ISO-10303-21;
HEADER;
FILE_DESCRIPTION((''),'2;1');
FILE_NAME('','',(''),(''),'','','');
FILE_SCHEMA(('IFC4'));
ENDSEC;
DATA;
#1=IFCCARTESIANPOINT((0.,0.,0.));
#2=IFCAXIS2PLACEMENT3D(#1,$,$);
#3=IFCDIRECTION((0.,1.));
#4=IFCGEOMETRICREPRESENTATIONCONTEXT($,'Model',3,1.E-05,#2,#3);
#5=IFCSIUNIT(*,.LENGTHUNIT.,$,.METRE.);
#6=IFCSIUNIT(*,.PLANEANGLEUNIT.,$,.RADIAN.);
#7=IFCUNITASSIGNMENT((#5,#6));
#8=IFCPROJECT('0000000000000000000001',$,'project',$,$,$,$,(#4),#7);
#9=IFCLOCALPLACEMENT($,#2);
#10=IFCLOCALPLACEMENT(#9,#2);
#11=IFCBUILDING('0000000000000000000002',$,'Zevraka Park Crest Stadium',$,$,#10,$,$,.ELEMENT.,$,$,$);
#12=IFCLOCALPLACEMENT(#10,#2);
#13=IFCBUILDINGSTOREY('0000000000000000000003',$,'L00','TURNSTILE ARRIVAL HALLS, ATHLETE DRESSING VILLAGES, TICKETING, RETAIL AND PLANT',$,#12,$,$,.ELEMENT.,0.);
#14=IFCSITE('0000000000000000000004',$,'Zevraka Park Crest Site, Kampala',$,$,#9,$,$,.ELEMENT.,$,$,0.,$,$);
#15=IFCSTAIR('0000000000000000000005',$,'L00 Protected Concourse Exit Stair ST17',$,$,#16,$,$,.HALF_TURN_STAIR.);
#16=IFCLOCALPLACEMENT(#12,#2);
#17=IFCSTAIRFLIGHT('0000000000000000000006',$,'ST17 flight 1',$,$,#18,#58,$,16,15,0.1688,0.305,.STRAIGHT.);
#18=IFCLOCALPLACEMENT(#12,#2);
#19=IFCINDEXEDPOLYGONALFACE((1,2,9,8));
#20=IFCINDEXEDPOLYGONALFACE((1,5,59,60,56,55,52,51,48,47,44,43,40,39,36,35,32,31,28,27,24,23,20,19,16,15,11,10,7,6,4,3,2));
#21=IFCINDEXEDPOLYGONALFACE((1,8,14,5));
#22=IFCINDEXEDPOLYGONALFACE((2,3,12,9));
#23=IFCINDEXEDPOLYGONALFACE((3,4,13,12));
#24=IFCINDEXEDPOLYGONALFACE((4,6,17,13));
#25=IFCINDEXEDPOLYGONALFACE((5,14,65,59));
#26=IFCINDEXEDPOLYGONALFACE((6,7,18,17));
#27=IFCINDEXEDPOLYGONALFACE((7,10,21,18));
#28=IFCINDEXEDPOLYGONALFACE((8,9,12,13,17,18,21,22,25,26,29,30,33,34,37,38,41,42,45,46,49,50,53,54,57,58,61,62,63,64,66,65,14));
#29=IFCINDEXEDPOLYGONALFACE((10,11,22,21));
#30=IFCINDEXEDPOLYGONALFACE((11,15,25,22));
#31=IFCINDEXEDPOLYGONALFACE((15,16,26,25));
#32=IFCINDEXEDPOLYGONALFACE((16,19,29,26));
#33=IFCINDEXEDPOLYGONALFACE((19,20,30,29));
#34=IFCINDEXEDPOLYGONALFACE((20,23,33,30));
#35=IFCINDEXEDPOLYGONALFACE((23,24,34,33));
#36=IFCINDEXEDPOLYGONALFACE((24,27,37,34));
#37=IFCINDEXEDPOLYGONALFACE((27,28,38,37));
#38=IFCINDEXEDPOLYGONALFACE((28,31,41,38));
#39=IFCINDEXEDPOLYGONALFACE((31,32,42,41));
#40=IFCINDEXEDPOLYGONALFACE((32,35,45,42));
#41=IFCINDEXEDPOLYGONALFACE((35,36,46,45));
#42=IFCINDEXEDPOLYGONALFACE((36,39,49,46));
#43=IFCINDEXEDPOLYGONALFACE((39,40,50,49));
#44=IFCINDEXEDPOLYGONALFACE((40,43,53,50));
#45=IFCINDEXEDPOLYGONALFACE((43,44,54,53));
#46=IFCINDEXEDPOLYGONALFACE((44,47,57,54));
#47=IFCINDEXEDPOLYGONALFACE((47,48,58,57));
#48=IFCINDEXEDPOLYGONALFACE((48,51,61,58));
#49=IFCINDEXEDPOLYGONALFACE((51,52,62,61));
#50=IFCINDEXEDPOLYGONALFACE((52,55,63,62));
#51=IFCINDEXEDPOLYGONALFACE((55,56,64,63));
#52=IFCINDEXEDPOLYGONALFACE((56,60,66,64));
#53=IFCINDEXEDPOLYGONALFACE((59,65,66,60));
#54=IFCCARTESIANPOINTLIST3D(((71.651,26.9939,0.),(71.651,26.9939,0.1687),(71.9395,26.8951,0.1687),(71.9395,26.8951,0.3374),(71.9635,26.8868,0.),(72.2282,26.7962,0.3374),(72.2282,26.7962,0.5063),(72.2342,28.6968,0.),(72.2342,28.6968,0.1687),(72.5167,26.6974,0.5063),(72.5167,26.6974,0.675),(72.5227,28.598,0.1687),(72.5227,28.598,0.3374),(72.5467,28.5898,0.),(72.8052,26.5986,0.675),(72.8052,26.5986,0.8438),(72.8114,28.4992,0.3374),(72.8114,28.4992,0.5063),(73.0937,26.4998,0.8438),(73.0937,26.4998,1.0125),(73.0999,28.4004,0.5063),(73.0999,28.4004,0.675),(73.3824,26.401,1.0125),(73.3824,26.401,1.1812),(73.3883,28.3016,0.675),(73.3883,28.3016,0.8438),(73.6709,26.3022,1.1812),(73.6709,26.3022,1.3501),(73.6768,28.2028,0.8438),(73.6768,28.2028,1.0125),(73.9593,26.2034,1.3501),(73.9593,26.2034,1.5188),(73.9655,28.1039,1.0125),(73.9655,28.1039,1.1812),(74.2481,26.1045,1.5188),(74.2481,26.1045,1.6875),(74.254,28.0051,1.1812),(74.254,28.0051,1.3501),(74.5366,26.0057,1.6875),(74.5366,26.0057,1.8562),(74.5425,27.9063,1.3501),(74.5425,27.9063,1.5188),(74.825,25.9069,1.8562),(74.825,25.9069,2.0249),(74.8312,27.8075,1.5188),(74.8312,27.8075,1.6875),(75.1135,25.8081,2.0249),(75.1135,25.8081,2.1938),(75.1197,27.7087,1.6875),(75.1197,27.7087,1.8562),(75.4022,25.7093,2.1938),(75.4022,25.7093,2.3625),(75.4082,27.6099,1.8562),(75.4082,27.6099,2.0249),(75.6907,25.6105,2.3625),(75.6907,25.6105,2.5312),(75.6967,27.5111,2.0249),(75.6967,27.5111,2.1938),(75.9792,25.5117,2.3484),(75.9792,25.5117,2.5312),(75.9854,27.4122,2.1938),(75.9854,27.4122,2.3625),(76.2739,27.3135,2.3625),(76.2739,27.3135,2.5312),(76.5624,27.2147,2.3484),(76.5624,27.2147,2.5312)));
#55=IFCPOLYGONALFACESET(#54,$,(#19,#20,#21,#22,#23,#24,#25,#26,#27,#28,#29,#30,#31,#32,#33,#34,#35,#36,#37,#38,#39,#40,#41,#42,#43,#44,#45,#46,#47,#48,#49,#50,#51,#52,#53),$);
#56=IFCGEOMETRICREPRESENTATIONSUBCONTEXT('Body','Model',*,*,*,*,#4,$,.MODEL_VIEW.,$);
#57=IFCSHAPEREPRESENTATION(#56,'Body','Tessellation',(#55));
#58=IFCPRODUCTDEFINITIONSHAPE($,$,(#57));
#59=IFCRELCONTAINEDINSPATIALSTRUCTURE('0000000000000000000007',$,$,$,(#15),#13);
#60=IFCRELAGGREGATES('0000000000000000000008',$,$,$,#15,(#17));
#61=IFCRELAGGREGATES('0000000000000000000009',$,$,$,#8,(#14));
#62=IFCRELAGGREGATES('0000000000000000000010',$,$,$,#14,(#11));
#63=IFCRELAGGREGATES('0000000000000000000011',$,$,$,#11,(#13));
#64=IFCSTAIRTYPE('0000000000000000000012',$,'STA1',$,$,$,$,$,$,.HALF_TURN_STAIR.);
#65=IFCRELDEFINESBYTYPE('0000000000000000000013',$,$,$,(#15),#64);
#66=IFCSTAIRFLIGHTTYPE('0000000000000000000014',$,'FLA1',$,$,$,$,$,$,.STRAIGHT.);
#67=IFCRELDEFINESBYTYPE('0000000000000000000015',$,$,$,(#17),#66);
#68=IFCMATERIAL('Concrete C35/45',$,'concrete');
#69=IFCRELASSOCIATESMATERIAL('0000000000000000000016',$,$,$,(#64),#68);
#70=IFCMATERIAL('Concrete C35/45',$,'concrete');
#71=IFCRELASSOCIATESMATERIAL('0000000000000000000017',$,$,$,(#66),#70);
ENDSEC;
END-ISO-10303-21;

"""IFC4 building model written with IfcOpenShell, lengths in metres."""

from ifc_helpers import new_model, si_unit, direction, frame, origin, place, context, subcontext, project, spatial, polyline, outline, extrude, material, type_object, element, aggregate, save


model = new_model("IFC4")

# Units and contexts
model_context = context("Model", 3, precision=1e-05, world=origin(), true_north=direction((0.0, 1.0)))
body_context = subcontext(model_context, "Body", "Model", "MODEL_VIEW")
ifc_project = project(units=[si_unit("LENGTHUNIT", "METRE"), si_unit("PLANEANGLEUNIT", "RADIAN")], contexts=[model_context])

# Site, building, storey
site_placement = place(None, origin())
site = spatial("IfcSite", under=ifc_project, at=site_placement, Name="Zevraka Park Crest Site, Kampala", CompositionType="ELEMENT", RefElevation=0.0)
building_placement = place(site_placement, origin())
building = spatial("IfcBuilding", under=site, at=building_placement, Name="Zevraka Park Crest Stadium", CompositionType="ELEMENT")
storey_placement = place(building_placement, origin())
storey = spatial("IfcBuildingStorey", under=building, at=storey_placement, Name="L00", Description="TURNSTILE ARRIVAL HALLS, ATHLETE DRESSING VILLAGES, TICKETING, RETAIL AND PLANT", CompositionType="ELEMENT", Elevation=0.0)

# Stair, stair flight
ifc_material_1 = material(Name="Concrete C35/45", Category="concrete")
stair_type = type_object("IfcStairType", Name="STA1", PredefinedType="HALF_TURN_STAIR", material=ifc_material_1)
stair_placement = place(storey_placement, origin())
stair = element("IfcStair", 1, at=stair_placement, inside=storey, type_object=stair_type, Name="L00 Protected Concourse Exit Stair ST17", PredefinedType="HALF_TURN_STAIR")
ifc_material_2 = material(Name="Concrete C35/45", Category="concrete")
stair_flight_type = type_object("IfcStairFlightType", Name="FLA1", PredefinedType="STRAIGHT", material=ifc_material_2)
stair_flight_placement = place(storey_placement, frame((71.9426, 27.8455, 0.0), z_axis=(0.0, 0.0, 1.0), x_axis=(0.946066, -0.323974, 0.0)))
stair_flight = element("IfcStairFlight", 2, at=stair_flight_placement, type_object=stair_flight_type, Name="ST17 flight 1", NumberOfRisers=16, NumberOfTreads=15, PredefinedType="STRAIGHT", RiserHeight=0.1688, TreadLength=0.305, context=body_context, shape_type="SweptSolid", body=[
    extrude(outline(polyline([(0.0, 0.0), (0.0, 0.1687), (0.3049, 0.1687), (0.3049, 0.3374), (0.6101, 0.3374), (0.6101, 0.5063), (0.915, 0.5063), (0.915, 0.675), (1.22, 0.675), (1.22, 0.8438), (1.5249, 0.8438), (1.5249, 1.0125), (1.8301, 1.0125), (1.8301, 1.1812), (2.135, 1.1812), (2.135, 1.3501), (2.4399, 1.3501), (2.4399, 1.5188), (2.7451, 1.5188), (2.7451, 1.6875), (3.05, 1.6875), (3.05, 1.8562), (3.355, 1.8562), (3.355, 2.0249), (3.6599, 2.0249), (3.6599, 2.1938), (3.9651, 2.1938), (3.9651, 2.3625), (4.27, 2.3625), (4.27, 2.5312), (4.575, 2.5312), (4.575, 2.7), (4.575, 2.3484), (0.3303, 0.0), (0.0, 0.0)])), frame((0.0, 0.8999, 0.0), z_axis=(0.0, -1.0, 0.0), x_axis=(1.0, 0.0, 0.0)), (0.0, 0.0, 1.0), 1.8),
])
aggregate(stair, [stair_flight])

save(model, "model.ifc")
